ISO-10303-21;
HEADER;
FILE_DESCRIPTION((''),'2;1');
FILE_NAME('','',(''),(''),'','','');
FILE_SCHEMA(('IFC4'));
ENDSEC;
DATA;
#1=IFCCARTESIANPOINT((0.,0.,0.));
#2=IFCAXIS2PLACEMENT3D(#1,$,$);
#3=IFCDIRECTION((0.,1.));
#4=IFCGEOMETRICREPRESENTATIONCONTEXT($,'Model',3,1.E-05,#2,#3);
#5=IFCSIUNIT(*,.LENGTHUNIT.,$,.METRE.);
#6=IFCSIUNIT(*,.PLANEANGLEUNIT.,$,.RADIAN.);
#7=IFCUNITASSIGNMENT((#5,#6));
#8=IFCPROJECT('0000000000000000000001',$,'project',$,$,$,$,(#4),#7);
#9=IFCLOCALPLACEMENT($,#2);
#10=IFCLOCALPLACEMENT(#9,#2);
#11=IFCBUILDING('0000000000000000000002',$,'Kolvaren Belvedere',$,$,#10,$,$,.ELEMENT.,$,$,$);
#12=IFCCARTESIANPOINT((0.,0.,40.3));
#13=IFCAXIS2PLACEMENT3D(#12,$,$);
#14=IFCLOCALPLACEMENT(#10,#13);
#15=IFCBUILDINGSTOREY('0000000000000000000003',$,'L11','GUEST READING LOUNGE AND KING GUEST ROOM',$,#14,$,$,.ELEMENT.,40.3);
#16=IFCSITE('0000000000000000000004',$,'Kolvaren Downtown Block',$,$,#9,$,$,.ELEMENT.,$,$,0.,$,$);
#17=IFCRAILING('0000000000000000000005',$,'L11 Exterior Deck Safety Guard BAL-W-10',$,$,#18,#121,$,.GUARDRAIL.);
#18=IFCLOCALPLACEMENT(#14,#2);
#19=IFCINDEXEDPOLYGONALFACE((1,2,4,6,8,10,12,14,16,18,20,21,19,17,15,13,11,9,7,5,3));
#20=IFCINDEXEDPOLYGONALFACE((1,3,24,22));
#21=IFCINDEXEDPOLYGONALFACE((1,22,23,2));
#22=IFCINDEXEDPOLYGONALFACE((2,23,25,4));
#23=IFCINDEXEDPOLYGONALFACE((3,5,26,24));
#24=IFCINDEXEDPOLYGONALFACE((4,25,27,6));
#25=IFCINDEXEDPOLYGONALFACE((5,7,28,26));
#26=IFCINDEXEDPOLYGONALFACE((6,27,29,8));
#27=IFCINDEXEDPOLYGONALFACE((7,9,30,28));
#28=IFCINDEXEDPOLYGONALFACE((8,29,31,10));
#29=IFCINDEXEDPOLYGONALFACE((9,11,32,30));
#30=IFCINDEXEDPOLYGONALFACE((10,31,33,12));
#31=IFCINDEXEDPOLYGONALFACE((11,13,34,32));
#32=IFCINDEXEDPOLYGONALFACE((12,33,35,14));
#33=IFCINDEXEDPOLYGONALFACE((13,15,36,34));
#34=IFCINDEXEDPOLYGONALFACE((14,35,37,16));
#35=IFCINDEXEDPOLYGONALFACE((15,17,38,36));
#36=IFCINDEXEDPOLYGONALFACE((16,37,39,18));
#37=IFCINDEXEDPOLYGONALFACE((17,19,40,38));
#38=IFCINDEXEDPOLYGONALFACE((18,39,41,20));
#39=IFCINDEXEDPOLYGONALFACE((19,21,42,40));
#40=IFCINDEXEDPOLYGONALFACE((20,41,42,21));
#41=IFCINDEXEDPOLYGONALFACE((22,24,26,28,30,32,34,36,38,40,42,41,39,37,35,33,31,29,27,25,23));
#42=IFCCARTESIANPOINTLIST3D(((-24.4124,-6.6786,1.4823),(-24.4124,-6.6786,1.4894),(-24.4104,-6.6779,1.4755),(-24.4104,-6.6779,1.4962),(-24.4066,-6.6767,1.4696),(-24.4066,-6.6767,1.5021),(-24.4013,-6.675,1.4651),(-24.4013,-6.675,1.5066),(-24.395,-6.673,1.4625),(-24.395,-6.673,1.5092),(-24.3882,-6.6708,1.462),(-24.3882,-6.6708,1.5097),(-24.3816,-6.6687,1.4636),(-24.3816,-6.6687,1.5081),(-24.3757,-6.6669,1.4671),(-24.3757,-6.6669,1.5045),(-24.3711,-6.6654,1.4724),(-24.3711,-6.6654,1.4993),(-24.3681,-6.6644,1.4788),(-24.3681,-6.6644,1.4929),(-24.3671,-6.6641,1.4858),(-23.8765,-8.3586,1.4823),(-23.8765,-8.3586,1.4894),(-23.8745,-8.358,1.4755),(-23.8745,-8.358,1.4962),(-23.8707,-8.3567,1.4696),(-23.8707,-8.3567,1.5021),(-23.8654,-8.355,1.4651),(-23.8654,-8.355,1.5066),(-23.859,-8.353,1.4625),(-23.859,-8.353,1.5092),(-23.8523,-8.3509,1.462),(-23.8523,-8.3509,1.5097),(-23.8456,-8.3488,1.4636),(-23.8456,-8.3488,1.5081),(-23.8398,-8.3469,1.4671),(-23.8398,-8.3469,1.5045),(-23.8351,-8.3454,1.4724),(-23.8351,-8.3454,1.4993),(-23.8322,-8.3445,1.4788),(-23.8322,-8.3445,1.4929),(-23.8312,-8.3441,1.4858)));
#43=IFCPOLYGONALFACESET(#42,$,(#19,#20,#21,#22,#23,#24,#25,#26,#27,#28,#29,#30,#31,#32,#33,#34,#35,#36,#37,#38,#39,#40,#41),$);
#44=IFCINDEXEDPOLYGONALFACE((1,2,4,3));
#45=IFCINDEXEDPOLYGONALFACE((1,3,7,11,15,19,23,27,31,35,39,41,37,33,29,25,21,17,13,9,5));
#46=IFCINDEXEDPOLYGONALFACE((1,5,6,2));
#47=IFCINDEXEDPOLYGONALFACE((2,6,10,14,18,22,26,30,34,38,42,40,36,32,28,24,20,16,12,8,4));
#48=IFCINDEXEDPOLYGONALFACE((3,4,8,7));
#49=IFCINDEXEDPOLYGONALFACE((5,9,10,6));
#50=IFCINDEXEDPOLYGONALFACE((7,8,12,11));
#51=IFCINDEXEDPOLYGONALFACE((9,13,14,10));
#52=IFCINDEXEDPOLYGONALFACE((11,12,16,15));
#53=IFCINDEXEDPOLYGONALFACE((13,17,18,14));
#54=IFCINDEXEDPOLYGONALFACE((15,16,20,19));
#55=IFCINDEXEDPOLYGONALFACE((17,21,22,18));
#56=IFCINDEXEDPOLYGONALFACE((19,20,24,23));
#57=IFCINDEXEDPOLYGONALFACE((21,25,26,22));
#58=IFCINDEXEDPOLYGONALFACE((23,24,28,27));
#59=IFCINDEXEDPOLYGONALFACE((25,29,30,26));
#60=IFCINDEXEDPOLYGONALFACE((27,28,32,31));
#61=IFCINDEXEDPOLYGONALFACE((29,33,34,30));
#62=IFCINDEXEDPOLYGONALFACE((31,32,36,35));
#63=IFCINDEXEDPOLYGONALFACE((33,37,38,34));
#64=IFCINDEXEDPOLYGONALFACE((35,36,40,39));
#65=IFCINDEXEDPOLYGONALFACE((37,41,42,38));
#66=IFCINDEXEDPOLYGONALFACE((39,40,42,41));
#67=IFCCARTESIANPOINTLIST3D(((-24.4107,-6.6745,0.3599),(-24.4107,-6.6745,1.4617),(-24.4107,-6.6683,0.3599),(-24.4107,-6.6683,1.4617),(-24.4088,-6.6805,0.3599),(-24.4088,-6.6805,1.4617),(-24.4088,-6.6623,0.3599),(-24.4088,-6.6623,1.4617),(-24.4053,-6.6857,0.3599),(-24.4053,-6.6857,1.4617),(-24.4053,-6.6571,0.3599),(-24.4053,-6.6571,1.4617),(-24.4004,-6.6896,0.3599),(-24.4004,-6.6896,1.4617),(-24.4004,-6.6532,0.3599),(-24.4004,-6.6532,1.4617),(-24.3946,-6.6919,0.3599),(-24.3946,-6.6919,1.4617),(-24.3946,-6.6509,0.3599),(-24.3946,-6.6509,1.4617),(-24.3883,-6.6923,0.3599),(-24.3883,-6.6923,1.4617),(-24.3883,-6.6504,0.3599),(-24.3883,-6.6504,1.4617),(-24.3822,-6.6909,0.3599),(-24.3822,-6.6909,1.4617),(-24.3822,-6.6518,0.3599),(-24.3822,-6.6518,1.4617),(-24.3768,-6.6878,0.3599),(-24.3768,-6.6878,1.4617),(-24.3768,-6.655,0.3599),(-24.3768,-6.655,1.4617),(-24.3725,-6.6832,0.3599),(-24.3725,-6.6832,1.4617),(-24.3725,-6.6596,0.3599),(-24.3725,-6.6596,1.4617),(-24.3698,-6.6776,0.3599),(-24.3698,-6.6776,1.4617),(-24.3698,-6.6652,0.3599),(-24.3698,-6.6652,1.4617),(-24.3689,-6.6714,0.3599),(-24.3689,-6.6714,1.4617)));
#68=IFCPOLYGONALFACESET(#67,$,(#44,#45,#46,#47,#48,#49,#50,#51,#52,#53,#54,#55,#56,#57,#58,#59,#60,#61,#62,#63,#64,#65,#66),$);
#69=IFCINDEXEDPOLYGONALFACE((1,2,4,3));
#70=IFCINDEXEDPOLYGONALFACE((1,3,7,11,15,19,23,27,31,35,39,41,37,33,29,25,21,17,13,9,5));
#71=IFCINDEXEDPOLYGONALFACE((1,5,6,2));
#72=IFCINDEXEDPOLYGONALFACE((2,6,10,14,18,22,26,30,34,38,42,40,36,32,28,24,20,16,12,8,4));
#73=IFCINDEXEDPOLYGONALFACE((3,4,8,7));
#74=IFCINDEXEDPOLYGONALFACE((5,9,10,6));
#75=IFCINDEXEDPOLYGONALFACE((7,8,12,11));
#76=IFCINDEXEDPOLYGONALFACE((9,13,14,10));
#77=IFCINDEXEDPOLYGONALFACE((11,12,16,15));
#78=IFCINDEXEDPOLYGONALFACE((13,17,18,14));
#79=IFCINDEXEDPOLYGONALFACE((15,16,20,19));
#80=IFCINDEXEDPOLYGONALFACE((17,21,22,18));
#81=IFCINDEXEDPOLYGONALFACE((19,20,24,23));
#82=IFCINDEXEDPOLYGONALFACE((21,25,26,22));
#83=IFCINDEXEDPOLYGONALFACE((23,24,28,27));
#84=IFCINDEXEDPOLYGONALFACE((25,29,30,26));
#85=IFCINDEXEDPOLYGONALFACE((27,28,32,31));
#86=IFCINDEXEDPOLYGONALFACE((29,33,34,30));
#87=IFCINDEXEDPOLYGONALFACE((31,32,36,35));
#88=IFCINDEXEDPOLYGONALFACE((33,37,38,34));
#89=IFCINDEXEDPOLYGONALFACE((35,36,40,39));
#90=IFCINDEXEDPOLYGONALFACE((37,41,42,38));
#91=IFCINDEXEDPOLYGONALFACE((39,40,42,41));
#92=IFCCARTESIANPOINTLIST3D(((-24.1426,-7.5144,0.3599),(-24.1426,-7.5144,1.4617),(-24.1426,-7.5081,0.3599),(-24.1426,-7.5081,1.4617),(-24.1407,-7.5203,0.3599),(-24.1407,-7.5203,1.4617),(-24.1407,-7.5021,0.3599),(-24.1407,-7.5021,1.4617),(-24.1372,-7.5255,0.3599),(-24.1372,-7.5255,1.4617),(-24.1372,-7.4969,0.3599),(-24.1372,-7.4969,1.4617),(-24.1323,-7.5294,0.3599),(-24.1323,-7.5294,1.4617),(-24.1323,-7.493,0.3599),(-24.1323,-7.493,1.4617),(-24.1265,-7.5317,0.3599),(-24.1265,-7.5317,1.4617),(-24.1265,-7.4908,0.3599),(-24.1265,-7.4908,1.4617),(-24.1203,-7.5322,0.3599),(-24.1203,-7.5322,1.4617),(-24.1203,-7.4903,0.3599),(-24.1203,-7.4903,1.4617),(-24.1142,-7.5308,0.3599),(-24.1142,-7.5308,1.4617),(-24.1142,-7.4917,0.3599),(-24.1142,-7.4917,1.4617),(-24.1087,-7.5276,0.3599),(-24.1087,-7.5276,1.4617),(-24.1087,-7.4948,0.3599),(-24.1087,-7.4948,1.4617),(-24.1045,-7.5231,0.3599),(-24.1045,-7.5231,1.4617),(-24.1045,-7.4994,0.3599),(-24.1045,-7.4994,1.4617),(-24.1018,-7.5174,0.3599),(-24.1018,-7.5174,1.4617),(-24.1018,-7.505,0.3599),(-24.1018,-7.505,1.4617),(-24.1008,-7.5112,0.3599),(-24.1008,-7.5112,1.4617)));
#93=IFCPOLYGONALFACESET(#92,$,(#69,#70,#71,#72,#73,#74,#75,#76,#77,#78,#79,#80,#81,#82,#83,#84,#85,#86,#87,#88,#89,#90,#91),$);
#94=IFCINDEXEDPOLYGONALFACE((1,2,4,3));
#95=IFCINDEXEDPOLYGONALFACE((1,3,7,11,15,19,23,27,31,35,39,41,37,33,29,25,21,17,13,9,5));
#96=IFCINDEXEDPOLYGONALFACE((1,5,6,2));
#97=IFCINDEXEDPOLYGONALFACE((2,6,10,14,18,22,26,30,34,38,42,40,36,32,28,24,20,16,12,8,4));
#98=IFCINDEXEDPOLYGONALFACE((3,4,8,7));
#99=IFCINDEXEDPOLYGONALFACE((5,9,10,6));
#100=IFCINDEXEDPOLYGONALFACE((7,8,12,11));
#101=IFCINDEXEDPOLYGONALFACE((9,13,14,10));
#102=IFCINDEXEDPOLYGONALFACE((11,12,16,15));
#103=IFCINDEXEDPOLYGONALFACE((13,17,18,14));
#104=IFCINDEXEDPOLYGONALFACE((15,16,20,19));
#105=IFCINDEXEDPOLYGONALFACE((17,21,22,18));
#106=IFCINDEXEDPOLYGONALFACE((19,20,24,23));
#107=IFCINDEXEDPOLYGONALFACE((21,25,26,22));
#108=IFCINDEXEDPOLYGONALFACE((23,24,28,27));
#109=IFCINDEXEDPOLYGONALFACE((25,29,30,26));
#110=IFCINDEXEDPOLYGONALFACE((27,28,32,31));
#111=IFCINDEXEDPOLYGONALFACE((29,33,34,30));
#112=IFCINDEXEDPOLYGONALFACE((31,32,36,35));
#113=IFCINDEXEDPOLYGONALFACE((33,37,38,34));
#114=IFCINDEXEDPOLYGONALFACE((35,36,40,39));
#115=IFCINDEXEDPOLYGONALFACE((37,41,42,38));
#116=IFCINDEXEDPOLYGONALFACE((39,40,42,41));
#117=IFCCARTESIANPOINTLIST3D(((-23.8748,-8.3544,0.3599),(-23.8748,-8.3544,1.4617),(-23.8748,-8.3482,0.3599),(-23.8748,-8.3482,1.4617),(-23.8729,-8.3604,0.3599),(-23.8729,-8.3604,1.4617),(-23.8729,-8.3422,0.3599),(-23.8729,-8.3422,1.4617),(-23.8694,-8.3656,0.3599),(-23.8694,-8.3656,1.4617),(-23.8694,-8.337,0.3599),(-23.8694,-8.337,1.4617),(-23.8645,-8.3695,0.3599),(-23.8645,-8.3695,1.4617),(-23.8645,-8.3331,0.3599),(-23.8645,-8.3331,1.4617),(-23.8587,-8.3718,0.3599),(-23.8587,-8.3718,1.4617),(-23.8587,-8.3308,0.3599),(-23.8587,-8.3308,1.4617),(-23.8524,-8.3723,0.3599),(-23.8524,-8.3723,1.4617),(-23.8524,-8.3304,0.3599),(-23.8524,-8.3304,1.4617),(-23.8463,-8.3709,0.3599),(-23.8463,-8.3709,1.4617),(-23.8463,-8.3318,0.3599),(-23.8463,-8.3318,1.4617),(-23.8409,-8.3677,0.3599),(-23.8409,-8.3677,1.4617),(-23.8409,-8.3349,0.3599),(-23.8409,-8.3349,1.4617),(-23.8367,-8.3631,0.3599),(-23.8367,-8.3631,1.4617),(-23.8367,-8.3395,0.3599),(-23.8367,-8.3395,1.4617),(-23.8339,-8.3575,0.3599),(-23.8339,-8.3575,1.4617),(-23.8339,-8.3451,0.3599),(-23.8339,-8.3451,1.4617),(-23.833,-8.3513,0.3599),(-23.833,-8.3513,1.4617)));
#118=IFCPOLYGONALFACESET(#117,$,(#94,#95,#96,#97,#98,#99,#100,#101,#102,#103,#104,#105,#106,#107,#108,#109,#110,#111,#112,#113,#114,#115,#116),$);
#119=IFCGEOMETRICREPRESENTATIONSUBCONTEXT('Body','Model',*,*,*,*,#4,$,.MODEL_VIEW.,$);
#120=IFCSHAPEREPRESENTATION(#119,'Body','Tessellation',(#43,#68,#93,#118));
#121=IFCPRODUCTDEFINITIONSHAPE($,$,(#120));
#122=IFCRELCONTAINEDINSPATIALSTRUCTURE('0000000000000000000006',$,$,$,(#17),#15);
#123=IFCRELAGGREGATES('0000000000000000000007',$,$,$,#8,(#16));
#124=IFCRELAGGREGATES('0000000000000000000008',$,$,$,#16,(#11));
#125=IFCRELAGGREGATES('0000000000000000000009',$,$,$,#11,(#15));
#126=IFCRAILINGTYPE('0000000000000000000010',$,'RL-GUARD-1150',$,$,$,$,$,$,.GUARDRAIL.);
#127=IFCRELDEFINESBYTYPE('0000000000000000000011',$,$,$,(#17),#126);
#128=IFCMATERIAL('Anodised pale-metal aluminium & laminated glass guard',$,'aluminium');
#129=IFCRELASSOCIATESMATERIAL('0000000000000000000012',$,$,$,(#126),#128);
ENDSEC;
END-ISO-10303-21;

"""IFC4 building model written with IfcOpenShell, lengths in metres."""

from ifc_helpers import new_model, si_unit, direction, frame, origin, origin_2d, place, context, subcontext, project, spatial, circle, extrude, material, type_object, element, save


model = new_model("IFC4")

# Units and contexts
model_context = context("Model", 3, precision=1e-05, world=origin(), true_north=direction((0.0, 1.0)))
body_context = subcontext(model_context, "Body", "Model", "MODEL_VIEW")
ifc_project = project(units=[si_unit("LENGTHUNIT", "METRE"), si_unit("PLANEANGLEUNIT", "RADIAN")], contexts=[model_context])

# Site, building, storey
site_placement = place(None, origin())
site = spatial("IfcSite", under=ifc_project, at=site_placement, Name="Kolvaren Downtown Block", CompositionType="ELEMENT", RefElevation=0.0)
building_placement = place(site_placement, origin())
building = spatial("IfcBuilding", under=site, at=building_placement, Name="Kolvaren Belvedere", CompositionType="ELEMENT")
storey_placement = place(building_placement, frame((0.0, 0.0, 40.3)))
storey = spatial("IfcBuildingStorey", under=building, at=storey_placement, Name="L11", Description="GUEST READING LOUNGE AND KING GUEST ROOM", CompositionType="ELEMENT", Elevation=40.3)

# Railing
ifc_material_1 = material(Name="Anodised pale-metal aluminium & laminated glass guard", Category="aluminium")
railing_type = type_object("IfcRailingType", Name="RL-GUARD-1150", PredefinedType="GUARDRAIL", material=ifc_material_1)
railing_1_placement = place(storey_placement, frame((-24.3899, -6.6714, 0.3599)))
element("IfcRailing", 1, at=railing_1_placement, inside=storey, type_object=railing_type, Name="L11 Exterior Deck Safety Guard BAL-W-10", PredefinedType="GUARDRAIL", context=body_context, shape_type="SweptSolid", body=[
    extrude(circle(Radius=0.0239, at=origin_2d()), frame((0.0, 0.0, 1.126), z_axis=(0.303906, -0.952702, 0.0), x_axis=(0.952702, 0.303906, 0.0)), (0.0, 0.0, 1.0), 1.7634),
    extrude(circle(Radius=0.021, at=origin_2d()), origin(), (0.0, 0.0, 1.0), 1.1018),
    extrude(circle(Radius=0.021, at=origin_2d()), frame((0.2681, -0.8398, 0.0)), (0.0, 0.0, 1.0), 1.1018),
    extrude(circle(Radius=0.021, at=origin_2d()), frame((0.5359, -1.6799, 0.0)), (0.0, 0.0, 1.0), 1.1018),
])

save(model, "model.ifc")
